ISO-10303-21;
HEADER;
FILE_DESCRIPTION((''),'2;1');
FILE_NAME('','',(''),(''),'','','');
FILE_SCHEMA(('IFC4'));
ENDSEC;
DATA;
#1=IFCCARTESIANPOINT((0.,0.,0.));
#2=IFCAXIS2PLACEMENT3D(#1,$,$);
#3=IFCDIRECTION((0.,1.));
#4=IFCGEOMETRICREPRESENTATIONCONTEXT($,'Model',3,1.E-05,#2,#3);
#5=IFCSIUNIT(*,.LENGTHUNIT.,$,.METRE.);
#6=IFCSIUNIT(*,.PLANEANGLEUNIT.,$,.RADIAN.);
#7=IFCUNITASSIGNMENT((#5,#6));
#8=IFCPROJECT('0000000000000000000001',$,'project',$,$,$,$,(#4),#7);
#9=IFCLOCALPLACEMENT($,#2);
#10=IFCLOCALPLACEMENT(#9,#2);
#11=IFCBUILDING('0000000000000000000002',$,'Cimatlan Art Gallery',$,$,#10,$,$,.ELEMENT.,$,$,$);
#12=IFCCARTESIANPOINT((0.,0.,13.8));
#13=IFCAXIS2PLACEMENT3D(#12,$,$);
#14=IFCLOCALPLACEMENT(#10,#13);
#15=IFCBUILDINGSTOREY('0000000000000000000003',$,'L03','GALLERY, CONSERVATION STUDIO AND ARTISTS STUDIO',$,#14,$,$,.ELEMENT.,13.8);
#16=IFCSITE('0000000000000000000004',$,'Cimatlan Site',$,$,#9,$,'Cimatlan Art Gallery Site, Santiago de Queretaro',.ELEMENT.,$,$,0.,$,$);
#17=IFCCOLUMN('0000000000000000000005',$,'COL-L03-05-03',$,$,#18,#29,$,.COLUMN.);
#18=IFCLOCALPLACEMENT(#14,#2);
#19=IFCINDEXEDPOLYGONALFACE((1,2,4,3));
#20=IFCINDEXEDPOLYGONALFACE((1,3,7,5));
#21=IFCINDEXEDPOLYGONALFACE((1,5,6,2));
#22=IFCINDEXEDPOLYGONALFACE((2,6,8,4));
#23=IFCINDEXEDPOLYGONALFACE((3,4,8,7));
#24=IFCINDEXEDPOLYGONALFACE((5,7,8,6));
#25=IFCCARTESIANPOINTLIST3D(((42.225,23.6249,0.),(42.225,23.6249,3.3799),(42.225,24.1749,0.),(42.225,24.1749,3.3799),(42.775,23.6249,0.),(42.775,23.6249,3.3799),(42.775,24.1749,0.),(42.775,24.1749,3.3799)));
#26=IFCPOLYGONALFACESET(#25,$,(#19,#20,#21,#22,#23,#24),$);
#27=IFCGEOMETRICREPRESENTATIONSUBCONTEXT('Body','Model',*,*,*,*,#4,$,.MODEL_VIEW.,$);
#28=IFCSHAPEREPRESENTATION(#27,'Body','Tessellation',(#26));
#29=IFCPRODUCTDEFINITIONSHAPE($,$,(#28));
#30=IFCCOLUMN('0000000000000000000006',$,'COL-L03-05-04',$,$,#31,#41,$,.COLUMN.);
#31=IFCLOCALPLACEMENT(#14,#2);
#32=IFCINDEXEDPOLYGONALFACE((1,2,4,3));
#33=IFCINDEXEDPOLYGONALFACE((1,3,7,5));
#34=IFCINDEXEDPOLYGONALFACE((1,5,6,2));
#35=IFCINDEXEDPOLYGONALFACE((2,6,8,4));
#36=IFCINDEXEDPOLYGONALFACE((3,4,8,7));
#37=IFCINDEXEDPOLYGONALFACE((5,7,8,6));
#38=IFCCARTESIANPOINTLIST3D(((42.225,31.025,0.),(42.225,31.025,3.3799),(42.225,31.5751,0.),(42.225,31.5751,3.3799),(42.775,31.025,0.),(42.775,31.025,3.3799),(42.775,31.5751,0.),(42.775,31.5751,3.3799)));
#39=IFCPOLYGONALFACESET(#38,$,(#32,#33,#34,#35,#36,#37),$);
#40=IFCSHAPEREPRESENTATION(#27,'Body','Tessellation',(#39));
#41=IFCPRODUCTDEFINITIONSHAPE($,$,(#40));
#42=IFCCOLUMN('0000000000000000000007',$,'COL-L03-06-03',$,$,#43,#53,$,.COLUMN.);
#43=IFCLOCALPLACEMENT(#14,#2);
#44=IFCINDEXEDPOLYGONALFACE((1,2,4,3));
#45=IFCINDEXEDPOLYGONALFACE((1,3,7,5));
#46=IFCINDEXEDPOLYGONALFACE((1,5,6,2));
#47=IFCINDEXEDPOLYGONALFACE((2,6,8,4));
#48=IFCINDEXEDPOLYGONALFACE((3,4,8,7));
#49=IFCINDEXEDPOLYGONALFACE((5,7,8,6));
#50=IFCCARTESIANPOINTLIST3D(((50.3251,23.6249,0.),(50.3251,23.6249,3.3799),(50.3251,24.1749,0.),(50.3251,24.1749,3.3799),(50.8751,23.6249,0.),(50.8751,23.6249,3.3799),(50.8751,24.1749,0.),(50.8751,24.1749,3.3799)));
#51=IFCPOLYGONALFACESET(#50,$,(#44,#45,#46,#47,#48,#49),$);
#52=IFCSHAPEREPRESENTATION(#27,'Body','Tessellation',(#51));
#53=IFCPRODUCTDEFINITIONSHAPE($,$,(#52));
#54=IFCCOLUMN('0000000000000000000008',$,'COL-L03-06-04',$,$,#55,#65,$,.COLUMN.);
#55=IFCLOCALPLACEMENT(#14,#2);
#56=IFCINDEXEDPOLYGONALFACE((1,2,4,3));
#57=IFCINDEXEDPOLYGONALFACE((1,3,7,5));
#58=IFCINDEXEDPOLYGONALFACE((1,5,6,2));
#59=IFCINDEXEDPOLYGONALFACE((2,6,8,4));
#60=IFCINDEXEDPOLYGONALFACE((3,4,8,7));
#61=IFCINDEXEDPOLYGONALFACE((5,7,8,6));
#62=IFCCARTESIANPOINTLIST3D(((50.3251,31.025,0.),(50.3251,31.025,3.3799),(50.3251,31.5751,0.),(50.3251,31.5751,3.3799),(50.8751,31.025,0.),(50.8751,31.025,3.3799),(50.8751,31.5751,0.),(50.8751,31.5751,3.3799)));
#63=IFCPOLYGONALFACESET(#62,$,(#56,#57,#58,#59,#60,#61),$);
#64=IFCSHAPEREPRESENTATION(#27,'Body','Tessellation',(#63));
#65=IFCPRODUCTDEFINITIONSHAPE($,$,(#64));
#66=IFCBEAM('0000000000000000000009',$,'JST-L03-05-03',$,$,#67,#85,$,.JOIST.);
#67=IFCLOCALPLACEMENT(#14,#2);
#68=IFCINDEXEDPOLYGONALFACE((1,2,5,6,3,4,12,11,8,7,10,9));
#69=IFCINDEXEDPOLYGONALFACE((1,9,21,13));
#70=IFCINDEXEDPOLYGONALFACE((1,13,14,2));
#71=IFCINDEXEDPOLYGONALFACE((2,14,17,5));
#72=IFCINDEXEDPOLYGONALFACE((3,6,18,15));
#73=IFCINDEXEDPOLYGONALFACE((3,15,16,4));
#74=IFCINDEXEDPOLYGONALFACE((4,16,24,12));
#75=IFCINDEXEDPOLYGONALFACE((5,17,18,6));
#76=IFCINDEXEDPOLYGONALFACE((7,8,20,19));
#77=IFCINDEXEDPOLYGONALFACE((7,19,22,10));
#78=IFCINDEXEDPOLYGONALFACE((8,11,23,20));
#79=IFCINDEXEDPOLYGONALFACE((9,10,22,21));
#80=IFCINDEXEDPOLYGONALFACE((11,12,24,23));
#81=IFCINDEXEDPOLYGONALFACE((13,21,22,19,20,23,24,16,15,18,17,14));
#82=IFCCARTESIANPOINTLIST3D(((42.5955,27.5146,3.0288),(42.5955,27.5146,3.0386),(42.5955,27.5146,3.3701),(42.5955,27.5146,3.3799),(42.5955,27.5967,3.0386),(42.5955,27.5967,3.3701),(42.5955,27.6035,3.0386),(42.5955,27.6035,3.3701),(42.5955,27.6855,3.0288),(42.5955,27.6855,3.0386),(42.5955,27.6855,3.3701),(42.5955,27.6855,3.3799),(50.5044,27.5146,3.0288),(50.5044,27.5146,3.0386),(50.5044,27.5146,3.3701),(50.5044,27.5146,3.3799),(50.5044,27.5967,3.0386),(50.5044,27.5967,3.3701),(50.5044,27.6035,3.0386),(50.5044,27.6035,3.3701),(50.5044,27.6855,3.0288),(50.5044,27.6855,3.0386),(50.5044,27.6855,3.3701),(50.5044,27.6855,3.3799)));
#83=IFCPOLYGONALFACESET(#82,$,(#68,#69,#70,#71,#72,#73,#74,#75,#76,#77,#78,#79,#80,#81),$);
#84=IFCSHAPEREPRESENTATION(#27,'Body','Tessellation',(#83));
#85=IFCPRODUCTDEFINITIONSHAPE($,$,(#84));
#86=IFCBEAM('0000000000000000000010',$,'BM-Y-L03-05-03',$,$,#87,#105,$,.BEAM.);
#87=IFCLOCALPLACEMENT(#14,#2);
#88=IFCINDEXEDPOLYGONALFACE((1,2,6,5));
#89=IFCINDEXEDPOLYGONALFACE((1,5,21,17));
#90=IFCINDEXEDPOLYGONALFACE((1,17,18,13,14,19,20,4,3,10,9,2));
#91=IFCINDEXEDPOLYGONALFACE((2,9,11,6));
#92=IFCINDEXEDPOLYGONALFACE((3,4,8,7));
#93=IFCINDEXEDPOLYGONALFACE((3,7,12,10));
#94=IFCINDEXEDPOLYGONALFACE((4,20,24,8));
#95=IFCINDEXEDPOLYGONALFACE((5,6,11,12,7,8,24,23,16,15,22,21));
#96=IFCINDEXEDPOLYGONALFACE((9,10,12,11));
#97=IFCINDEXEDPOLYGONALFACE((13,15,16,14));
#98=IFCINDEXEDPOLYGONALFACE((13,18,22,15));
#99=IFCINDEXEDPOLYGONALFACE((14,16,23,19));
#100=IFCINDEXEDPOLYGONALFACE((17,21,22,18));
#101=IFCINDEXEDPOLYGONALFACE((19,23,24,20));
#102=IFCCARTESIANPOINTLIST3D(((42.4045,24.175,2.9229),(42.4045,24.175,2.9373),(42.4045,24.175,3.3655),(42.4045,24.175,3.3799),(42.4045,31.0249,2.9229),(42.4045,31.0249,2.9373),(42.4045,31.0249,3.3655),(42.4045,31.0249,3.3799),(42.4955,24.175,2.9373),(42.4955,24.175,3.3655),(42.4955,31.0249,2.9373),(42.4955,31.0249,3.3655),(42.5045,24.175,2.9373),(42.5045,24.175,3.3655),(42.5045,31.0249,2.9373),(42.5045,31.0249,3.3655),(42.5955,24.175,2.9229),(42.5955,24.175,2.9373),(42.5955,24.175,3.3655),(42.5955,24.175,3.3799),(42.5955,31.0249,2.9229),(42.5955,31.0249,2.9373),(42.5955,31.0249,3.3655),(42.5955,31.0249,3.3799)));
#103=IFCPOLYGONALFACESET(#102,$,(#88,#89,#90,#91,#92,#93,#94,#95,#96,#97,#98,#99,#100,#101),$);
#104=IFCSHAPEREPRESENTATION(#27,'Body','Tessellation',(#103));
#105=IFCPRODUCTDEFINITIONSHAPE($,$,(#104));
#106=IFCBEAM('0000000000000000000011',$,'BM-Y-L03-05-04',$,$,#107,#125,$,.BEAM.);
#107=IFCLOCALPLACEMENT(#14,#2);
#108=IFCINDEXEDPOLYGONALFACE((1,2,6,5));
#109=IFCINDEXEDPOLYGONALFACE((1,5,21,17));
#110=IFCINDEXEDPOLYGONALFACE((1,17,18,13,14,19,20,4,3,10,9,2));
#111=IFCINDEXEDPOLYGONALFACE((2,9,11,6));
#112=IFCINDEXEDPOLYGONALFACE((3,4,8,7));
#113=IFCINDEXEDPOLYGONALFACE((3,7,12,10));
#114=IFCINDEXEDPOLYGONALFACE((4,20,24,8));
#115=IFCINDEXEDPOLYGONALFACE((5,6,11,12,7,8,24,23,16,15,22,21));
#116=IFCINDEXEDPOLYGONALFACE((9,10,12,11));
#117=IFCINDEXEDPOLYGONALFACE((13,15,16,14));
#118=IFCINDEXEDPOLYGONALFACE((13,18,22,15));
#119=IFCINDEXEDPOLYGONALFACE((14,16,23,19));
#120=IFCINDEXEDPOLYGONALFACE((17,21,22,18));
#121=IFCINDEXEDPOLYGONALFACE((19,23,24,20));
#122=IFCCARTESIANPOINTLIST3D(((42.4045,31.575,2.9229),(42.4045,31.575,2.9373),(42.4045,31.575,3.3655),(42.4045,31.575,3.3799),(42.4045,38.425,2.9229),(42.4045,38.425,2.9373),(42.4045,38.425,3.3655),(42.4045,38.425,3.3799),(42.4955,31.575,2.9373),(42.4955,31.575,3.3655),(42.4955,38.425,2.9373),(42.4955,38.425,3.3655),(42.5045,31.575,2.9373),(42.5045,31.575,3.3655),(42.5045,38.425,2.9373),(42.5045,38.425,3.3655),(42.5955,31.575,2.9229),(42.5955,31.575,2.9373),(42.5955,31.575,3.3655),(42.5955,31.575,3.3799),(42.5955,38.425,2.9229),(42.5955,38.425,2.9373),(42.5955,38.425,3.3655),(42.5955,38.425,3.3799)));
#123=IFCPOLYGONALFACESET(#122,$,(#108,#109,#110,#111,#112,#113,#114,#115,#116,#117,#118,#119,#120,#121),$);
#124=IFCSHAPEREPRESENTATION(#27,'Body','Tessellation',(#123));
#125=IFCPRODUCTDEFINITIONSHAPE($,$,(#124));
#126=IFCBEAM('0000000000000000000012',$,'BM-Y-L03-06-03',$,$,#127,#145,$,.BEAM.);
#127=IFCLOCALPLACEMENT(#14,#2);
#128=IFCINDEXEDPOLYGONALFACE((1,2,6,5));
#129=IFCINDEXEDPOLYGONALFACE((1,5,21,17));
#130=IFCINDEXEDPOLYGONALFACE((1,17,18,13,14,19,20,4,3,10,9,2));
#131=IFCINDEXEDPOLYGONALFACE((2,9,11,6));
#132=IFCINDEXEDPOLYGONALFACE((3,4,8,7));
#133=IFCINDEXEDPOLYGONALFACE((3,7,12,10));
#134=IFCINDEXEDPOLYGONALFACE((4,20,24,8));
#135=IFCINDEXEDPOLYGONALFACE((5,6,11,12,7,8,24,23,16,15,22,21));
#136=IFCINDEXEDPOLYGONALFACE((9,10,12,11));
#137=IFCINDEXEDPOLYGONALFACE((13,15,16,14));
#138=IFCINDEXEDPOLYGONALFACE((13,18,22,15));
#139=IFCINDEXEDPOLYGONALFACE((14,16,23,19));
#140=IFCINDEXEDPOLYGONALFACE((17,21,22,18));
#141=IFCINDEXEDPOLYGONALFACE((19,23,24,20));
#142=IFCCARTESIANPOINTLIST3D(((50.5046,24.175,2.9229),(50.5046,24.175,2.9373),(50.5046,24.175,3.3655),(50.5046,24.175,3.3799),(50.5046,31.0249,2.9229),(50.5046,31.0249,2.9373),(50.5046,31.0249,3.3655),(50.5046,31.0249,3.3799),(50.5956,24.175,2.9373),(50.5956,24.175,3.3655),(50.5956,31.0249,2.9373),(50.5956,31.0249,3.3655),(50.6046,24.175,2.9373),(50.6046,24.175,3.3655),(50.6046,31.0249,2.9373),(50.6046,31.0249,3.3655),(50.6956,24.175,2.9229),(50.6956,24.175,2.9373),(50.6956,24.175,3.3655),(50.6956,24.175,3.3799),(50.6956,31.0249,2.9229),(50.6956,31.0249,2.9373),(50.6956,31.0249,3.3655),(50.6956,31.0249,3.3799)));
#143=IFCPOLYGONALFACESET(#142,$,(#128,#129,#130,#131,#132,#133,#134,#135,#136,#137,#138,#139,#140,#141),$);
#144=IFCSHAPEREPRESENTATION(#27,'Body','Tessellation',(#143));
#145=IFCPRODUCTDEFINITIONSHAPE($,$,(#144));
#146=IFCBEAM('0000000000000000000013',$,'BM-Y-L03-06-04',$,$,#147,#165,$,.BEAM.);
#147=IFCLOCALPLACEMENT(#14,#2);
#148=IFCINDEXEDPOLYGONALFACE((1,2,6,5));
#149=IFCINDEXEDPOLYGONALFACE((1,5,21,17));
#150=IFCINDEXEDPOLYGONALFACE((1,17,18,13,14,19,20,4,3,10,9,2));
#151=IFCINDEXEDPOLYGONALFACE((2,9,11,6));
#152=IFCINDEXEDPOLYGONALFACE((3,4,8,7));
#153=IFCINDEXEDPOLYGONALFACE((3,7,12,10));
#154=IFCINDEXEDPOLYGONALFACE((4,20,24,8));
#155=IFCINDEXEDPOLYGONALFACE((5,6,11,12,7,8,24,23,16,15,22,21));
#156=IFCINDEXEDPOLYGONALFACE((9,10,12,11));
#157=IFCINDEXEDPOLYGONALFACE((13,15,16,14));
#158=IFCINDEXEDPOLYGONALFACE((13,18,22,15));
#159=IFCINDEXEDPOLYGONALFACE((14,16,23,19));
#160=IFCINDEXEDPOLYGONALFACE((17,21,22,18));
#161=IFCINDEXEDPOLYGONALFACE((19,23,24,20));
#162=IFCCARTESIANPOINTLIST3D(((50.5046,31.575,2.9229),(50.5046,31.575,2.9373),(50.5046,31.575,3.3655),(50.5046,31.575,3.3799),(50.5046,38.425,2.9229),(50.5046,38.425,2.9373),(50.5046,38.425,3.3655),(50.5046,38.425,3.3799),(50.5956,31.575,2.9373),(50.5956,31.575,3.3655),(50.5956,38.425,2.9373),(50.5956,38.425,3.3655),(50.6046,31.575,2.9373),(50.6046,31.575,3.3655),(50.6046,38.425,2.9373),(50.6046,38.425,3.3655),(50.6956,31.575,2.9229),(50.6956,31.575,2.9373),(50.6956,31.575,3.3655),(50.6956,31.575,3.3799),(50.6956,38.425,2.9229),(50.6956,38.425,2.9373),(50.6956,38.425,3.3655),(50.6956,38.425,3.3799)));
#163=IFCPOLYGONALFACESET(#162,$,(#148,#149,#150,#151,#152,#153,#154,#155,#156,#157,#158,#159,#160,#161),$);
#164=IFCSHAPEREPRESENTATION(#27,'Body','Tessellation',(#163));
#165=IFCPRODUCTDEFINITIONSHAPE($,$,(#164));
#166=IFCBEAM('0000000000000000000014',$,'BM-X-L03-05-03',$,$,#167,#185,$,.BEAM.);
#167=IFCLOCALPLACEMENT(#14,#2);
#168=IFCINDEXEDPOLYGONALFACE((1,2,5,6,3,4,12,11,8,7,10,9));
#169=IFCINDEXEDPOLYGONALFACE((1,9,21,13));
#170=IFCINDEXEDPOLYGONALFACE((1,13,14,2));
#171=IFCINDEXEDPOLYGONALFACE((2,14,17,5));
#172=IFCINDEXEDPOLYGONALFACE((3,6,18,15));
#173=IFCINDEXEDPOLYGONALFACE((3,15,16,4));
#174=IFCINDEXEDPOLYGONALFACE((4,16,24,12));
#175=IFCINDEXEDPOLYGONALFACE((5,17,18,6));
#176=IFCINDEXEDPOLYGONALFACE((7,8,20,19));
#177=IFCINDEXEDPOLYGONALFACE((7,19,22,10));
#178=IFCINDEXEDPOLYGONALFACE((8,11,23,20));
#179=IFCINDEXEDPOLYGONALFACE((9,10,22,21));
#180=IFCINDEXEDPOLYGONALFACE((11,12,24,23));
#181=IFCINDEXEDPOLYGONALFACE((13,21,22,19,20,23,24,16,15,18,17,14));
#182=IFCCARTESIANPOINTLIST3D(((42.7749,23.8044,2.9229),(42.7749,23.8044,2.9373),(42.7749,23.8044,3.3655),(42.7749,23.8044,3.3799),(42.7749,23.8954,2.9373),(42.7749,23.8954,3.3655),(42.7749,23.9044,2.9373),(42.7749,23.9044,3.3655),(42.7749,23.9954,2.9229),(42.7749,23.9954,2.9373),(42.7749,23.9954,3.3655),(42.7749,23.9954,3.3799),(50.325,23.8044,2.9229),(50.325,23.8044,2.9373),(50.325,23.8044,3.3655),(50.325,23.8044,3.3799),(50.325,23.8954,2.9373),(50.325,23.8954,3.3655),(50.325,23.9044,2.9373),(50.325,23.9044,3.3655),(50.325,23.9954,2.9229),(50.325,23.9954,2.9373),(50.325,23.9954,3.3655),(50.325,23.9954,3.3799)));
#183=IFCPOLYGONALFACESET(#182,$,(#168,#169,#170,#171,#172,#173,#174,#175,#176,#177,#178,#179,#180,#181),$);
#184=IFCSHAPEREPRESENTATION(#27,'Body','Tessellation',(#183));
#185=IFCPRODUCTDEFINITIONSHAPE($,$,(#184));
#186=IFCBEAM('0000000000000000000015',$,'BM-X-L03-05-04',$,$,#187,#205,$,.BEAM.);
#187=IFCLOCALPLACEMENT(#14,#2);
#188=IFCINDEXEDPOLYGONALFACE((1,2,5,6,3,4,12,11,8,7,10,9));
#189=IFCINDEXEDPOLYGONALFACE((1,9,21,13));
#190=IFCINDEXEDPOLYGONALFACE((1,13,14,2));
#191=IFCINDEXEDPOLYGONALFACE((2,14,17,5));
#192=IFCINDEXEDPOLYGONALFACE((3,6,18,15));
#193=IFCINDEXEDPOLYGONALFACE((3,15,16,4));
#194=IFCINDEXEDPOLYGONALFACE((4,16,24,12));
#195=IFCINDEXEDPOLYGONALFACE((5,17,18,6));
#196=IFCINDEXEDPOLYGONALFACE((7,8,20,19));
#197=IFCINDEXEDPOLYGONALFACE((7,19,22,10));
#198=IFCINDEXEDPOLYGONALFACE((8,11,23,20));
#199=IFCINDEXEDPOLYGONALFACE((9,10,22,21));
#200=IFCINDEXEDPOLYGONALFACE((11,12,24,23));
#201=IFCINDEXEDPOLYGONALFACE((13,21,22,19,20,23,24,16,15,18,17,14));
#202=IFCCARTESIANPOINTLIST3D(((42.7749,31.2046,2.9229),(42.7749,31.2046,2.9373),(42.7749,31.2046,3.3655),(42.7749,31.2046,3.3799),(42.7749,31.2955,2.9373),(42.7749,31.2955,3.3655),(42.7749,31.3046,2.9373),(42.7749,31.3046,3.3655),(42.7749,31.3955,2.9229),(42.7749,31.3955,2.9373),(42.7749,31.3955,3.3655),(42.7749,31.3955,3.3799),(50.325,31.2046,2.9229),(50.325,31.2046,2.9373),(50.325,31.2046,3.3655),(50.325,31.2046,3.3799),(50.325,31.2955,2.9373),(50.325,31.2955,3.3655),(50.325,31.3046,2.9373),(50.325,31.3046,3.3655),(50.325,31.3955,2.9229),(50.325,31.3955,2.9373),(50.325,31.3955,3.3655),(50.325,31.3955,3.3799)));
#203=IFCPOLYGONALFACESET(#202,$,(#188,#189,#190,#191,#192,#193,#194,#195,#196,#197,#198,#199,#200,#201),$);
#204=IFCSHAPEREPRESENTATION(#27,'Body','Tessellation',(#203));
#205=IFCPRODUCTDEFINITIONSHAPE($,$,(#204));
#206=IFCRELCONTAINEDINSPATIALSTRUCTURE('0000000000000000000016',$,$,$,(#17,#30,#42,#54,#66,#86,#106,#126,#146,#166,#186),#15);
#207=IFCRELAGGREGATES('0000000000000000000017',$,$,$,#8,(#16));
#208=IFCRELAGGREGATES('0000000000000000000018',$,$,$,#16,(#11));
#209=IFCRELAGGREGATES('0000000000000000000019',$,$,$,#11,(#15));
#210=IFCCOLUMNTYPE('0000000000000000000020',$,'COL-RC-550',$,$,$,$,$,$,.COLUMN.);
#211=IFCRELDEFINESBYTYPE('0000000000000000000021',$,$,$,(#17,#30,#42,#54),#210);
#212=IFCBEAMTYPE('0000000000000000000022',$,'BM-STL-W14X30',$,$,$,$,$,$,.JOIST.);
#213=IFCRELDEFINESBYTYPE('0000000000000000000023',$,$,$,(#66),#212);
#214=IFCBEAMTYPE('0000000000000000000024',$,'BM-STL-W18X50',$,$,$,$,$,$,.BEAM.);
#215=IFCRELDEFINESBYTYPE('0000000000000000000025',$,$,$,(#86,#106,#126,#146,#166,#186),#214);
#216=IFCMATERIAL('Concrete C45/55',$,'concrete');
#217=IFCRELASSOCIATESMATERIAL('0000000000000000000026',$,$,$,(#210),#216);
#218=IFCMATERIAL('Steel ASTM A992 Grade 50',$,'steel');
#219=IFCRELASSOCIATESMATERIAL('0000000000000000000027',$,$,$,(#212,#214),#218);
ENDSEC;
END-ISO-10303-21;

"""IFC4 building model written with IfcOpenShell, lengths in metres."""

from ifc_helpers import new_model, si_unit, direction, frame, origin, origin_2d, place, context, subcontext, project, spatial, rectangle, i_section, extrude, material, material_profile, profile_set, type_object, element, save


model = new_model("IFC4")

# Units and contexts
model_context = context("Model", 3, precision=1e-05, world=origin(), true_north=direction((0.0, 1.0)))
body_context = subcontext(model_context, "Body", "Model", "MODEL_VIEW")
ifc_project = project(units=[si_unit("LENGTHUNIT", "METRE"), si_unit("PLANEANGLEUNIT", "RADIAN")], contexts=[model_context])

# Site, building, storey
site_placement = place(None, origin())
site = spatial("IfcSite", under=ifc_project, at=site_placement, Name="Cimatlan Site", LongName="Cimatlan Art Gallery Site, Santiago de Queretaro", CompositionType="ELEMENT", RefElevation=0.0)
building_placement = place(site_placement, origin())
building = spatial("IfcBuilding", under=site, at=building_placement, Name="Cimatlan Art Gallery", CompositionType="ELEMENT")
storey_placement = place(building_placement, frame((0.0, 0.0, 13.8)))
storey = spatial("IfcBuildingStorey", under=building, at=storey_placement, Name="L03", Description="GALLERY, CONSERVATION STUDIO AND ARTISTS STUDIO", CompositionType="ELEMENT", Elevation=13.8)

# Columns
ifc_material_1 = material(Name="Concrete C45/55", Category="concrete")
ifc_material_profile_1 = material_profile(ifc_material_1, rectangle(XDim=0.55, YDim=0.55, at=origin_2d()), Name="RC550X550")
ifc_profile_set_1 = profile_set([ifc_material_profile_1], Name="Concrete C45/55")
column_type = type_object("IfcColumnType", Name="COL-RC-550", PredefinedType="COLUMN", material=ifc_profile_set_1)
for number, where, z_axis, x_axis, name in (
    (1, (42.5, 23.8999, 0.0), (0.0, 0.0, 1.0), (1.0, 0.0, 0.0), "COL-L03-05-03"),
    (2, (42.5, 31.3, 0.0), (0.0, 0.0, 1.0), (1.0, 0.0, 0.0), "COL-L03-05-04"),
    (3, (50.6001, 23.8999, 0.0), (0.0, 0.0, 1.0), (1.0, 0.0, 0.0), "COL-L03-06-03"),
    (4, (50.6001, 31.3, 0.0), (0.0, 0.0, 1.0), (1.0, 0.0, 0.0), "COL-L03-06-04"),
):
    element("IfcColumn", number, at=place(storey_placement, frame(where, z_axis=z_axis, x_axis=x_axis)), inside=storey, type_object=column_type, Name=name, PredefinedType="COLUMN", context=body_context, shape_type="SweptSolid", body=[
        extrude(rectangle(XDim=0.55, YDim=0.55, at=origin_2d()), origin(), (0.0, 0.0, 1.0), 3.3799),
    ])

# Beams
ifc_material_2 = material(Name="Steel ASTM A992 Grade 50", Category="steel")
ifc_material_profile_2 = material_profile(ifc_material_2, i_section(OverallWidth=0.1709, OverallDepth=0.3511, WebThickness=0.0068, FlangeThickness=0.0098, at=origin_2d()), Name="W14X30")
ifc_profile_set_2 = profile_set([ifc_material_profile_2], Name="Steel ASTM A992 Grade 50")
beam_type_1 = type_object("IfcBeamType", Name="BM-STL-W14X30", PredefinedType="JOIST", material=ifc_profile_set_2)
beam_1_placement = place(storey_placement, frame((42.5955, 27.6001, 3.2043), z_axis=(1.0, 0.0, 0.0), x_axis=(0.0, 1.0, 0.0)))
element("IfcBeam", 5, at=beam_1_placement, inside=storey, type_object=beam_type_1, Name="JST-L03-05-03", PredefinedType="JOIST", context=body_context, shape_type="SweptSolid", body=[
    extrude(i_section(OverallWidth=0.1709, OverallDepth=0.3511, WebThickness=0.0068, FlangeThickness=0.0098, at=origin_2d()), origin(), (0.0, 0.0, 1.0), 7.9089),
])
ifc_material_profile_3 = material_profile(ifc_material_2, i_section(OverallWidth=0.1909, OverallDepth=0.457, WebThickness=0.009, FlangeThickness=0.0144, at=origin_2d()), Name="W18X50")
ifc_profile_set_3 = profile_set([ifc_material_profile_3], Name="Steel ASTM A992 Grade 50")
beam_type_2 = type_object("IfcBeamType", Name="BM-STL-W18X50", PredefinedType="BEAM", material=ifc_profile_set_3)
beam_2_placement = place(storey_placement, frame((42.5, 24.175, 3.1514), z_axis=(0.0, 1.0, 0.0), x_axis=(-1.0, 0.0, 0.0)))
element("IfcBeam", 6, at=beam_2_placement, inside=storey, type_object=beam_type_2, Name="BM-Y-L03-05-03", PredefinedType="BEAM", context=body_context, shape_type="SweptSolid", body=[
    extrude(i_section(OverallWidth=0.1909, OverallDepth=0.457, WebThickness=0.009, FlangeThickness=0.0144, at=origin_2d()), origin(), (0.0, 0.0, 1.0), 6.8499),
])
beam_3_placement = place(storey_placement, frame((42.5, 31.575, 3.1514), z_axis=(0.0, 1.0, 0.0), x_axis=(-1.0, 0.0, 0.0)))
element("IfcBeam", 7, at=beam_3_placement, inside=storey, type_object=beam_type_2, Name="BM-Y-L03-05-04", PredefinedType="BEAM", context=body_context, shape_type="SweptSolid", body=[
    extrude(i_section(OverallWidth=0.1909, OverallDepth=0.457, WebThickness=0.009, FlangeThickness=0.0144, at=origin_2d()), origin(), (0.0, 0.0, 1.0), 6.8501),
])
beam_4_placement = place(storey_placement, frame((50.6001, 24.175, 3.1514), z_axis=(0.0, 1.0, 0.0), x_axis=(-1.0, 0.0, 0.0)))
element("IfcBeam", 8, at=beam_4_placement, inside=storey, type_object=beam_type_2, Name="BM-Y-L03-06-03", PredefinedType="BEAM", context=body_context, shape_type="SweptSolid", body=[
    extrude(i_section(OverallWidth=0.1909, OverallDepth=0.457, WebThickness=0.009, FlangeThickness=0.0144, at=origin_2d()), origin(), (0.0, 0.0, 1.0), 6.8499),
])
beam_5_placement = place(storey_placement, frame((50.6001, 31.575, 3.1514), z_axis=(0.0, 1.0, 0.0), x_axis=(-1.0, 0.0, 0.0)))
element("IfcBeam", 9, at=beam_5_placement, inside=storey, type_object=beam_type_2, Name="BM-Y-L03-06-04", PredefinedType="BEAM", context=body_context, shape_type="SweptSolid", body=[
    extrude(i_section(OverallWidth=0.1909, OverallDepth=0.457, WebThickness=0.009, FlangeThickness=0.0144, at=origin_2d()), origin(), (0.0, 0.0, 1.0), 6.8501),
])
for number, where, z_axis, x_axis, name in (
    (10, (42.7749, 23.8999, 3.1514), (1.0, 0.0, 0.0), (0.0, 1.0, 0.0), "BM-X-L03-05-03"),
    (11, (42.7749, 31.3, 3.1514), (1.0, 0.0, 0.0), (0.0, 1.0, 0.0), "BM-X-L03-05-04"),
):
    element("IfcBeam", number, at=place(storey_placement, frame(where, z_axis=z_axis, x_axis=x_axis)), inside=storey, type_object=beam_type_2, Name=name, PredefinedType="BEAM", context=body_context, shape_type="SweptSolid", body=[
        extrude(i_section(OverallWidth=0.1909, OverallDepth=0.457, WebThickness=0.009, FlangeThickness=0.0144, at=origin_2d()), origin(), (0.0, 0.0, 1.0), 7.55),
    ])

save(model, "model.ifc")
